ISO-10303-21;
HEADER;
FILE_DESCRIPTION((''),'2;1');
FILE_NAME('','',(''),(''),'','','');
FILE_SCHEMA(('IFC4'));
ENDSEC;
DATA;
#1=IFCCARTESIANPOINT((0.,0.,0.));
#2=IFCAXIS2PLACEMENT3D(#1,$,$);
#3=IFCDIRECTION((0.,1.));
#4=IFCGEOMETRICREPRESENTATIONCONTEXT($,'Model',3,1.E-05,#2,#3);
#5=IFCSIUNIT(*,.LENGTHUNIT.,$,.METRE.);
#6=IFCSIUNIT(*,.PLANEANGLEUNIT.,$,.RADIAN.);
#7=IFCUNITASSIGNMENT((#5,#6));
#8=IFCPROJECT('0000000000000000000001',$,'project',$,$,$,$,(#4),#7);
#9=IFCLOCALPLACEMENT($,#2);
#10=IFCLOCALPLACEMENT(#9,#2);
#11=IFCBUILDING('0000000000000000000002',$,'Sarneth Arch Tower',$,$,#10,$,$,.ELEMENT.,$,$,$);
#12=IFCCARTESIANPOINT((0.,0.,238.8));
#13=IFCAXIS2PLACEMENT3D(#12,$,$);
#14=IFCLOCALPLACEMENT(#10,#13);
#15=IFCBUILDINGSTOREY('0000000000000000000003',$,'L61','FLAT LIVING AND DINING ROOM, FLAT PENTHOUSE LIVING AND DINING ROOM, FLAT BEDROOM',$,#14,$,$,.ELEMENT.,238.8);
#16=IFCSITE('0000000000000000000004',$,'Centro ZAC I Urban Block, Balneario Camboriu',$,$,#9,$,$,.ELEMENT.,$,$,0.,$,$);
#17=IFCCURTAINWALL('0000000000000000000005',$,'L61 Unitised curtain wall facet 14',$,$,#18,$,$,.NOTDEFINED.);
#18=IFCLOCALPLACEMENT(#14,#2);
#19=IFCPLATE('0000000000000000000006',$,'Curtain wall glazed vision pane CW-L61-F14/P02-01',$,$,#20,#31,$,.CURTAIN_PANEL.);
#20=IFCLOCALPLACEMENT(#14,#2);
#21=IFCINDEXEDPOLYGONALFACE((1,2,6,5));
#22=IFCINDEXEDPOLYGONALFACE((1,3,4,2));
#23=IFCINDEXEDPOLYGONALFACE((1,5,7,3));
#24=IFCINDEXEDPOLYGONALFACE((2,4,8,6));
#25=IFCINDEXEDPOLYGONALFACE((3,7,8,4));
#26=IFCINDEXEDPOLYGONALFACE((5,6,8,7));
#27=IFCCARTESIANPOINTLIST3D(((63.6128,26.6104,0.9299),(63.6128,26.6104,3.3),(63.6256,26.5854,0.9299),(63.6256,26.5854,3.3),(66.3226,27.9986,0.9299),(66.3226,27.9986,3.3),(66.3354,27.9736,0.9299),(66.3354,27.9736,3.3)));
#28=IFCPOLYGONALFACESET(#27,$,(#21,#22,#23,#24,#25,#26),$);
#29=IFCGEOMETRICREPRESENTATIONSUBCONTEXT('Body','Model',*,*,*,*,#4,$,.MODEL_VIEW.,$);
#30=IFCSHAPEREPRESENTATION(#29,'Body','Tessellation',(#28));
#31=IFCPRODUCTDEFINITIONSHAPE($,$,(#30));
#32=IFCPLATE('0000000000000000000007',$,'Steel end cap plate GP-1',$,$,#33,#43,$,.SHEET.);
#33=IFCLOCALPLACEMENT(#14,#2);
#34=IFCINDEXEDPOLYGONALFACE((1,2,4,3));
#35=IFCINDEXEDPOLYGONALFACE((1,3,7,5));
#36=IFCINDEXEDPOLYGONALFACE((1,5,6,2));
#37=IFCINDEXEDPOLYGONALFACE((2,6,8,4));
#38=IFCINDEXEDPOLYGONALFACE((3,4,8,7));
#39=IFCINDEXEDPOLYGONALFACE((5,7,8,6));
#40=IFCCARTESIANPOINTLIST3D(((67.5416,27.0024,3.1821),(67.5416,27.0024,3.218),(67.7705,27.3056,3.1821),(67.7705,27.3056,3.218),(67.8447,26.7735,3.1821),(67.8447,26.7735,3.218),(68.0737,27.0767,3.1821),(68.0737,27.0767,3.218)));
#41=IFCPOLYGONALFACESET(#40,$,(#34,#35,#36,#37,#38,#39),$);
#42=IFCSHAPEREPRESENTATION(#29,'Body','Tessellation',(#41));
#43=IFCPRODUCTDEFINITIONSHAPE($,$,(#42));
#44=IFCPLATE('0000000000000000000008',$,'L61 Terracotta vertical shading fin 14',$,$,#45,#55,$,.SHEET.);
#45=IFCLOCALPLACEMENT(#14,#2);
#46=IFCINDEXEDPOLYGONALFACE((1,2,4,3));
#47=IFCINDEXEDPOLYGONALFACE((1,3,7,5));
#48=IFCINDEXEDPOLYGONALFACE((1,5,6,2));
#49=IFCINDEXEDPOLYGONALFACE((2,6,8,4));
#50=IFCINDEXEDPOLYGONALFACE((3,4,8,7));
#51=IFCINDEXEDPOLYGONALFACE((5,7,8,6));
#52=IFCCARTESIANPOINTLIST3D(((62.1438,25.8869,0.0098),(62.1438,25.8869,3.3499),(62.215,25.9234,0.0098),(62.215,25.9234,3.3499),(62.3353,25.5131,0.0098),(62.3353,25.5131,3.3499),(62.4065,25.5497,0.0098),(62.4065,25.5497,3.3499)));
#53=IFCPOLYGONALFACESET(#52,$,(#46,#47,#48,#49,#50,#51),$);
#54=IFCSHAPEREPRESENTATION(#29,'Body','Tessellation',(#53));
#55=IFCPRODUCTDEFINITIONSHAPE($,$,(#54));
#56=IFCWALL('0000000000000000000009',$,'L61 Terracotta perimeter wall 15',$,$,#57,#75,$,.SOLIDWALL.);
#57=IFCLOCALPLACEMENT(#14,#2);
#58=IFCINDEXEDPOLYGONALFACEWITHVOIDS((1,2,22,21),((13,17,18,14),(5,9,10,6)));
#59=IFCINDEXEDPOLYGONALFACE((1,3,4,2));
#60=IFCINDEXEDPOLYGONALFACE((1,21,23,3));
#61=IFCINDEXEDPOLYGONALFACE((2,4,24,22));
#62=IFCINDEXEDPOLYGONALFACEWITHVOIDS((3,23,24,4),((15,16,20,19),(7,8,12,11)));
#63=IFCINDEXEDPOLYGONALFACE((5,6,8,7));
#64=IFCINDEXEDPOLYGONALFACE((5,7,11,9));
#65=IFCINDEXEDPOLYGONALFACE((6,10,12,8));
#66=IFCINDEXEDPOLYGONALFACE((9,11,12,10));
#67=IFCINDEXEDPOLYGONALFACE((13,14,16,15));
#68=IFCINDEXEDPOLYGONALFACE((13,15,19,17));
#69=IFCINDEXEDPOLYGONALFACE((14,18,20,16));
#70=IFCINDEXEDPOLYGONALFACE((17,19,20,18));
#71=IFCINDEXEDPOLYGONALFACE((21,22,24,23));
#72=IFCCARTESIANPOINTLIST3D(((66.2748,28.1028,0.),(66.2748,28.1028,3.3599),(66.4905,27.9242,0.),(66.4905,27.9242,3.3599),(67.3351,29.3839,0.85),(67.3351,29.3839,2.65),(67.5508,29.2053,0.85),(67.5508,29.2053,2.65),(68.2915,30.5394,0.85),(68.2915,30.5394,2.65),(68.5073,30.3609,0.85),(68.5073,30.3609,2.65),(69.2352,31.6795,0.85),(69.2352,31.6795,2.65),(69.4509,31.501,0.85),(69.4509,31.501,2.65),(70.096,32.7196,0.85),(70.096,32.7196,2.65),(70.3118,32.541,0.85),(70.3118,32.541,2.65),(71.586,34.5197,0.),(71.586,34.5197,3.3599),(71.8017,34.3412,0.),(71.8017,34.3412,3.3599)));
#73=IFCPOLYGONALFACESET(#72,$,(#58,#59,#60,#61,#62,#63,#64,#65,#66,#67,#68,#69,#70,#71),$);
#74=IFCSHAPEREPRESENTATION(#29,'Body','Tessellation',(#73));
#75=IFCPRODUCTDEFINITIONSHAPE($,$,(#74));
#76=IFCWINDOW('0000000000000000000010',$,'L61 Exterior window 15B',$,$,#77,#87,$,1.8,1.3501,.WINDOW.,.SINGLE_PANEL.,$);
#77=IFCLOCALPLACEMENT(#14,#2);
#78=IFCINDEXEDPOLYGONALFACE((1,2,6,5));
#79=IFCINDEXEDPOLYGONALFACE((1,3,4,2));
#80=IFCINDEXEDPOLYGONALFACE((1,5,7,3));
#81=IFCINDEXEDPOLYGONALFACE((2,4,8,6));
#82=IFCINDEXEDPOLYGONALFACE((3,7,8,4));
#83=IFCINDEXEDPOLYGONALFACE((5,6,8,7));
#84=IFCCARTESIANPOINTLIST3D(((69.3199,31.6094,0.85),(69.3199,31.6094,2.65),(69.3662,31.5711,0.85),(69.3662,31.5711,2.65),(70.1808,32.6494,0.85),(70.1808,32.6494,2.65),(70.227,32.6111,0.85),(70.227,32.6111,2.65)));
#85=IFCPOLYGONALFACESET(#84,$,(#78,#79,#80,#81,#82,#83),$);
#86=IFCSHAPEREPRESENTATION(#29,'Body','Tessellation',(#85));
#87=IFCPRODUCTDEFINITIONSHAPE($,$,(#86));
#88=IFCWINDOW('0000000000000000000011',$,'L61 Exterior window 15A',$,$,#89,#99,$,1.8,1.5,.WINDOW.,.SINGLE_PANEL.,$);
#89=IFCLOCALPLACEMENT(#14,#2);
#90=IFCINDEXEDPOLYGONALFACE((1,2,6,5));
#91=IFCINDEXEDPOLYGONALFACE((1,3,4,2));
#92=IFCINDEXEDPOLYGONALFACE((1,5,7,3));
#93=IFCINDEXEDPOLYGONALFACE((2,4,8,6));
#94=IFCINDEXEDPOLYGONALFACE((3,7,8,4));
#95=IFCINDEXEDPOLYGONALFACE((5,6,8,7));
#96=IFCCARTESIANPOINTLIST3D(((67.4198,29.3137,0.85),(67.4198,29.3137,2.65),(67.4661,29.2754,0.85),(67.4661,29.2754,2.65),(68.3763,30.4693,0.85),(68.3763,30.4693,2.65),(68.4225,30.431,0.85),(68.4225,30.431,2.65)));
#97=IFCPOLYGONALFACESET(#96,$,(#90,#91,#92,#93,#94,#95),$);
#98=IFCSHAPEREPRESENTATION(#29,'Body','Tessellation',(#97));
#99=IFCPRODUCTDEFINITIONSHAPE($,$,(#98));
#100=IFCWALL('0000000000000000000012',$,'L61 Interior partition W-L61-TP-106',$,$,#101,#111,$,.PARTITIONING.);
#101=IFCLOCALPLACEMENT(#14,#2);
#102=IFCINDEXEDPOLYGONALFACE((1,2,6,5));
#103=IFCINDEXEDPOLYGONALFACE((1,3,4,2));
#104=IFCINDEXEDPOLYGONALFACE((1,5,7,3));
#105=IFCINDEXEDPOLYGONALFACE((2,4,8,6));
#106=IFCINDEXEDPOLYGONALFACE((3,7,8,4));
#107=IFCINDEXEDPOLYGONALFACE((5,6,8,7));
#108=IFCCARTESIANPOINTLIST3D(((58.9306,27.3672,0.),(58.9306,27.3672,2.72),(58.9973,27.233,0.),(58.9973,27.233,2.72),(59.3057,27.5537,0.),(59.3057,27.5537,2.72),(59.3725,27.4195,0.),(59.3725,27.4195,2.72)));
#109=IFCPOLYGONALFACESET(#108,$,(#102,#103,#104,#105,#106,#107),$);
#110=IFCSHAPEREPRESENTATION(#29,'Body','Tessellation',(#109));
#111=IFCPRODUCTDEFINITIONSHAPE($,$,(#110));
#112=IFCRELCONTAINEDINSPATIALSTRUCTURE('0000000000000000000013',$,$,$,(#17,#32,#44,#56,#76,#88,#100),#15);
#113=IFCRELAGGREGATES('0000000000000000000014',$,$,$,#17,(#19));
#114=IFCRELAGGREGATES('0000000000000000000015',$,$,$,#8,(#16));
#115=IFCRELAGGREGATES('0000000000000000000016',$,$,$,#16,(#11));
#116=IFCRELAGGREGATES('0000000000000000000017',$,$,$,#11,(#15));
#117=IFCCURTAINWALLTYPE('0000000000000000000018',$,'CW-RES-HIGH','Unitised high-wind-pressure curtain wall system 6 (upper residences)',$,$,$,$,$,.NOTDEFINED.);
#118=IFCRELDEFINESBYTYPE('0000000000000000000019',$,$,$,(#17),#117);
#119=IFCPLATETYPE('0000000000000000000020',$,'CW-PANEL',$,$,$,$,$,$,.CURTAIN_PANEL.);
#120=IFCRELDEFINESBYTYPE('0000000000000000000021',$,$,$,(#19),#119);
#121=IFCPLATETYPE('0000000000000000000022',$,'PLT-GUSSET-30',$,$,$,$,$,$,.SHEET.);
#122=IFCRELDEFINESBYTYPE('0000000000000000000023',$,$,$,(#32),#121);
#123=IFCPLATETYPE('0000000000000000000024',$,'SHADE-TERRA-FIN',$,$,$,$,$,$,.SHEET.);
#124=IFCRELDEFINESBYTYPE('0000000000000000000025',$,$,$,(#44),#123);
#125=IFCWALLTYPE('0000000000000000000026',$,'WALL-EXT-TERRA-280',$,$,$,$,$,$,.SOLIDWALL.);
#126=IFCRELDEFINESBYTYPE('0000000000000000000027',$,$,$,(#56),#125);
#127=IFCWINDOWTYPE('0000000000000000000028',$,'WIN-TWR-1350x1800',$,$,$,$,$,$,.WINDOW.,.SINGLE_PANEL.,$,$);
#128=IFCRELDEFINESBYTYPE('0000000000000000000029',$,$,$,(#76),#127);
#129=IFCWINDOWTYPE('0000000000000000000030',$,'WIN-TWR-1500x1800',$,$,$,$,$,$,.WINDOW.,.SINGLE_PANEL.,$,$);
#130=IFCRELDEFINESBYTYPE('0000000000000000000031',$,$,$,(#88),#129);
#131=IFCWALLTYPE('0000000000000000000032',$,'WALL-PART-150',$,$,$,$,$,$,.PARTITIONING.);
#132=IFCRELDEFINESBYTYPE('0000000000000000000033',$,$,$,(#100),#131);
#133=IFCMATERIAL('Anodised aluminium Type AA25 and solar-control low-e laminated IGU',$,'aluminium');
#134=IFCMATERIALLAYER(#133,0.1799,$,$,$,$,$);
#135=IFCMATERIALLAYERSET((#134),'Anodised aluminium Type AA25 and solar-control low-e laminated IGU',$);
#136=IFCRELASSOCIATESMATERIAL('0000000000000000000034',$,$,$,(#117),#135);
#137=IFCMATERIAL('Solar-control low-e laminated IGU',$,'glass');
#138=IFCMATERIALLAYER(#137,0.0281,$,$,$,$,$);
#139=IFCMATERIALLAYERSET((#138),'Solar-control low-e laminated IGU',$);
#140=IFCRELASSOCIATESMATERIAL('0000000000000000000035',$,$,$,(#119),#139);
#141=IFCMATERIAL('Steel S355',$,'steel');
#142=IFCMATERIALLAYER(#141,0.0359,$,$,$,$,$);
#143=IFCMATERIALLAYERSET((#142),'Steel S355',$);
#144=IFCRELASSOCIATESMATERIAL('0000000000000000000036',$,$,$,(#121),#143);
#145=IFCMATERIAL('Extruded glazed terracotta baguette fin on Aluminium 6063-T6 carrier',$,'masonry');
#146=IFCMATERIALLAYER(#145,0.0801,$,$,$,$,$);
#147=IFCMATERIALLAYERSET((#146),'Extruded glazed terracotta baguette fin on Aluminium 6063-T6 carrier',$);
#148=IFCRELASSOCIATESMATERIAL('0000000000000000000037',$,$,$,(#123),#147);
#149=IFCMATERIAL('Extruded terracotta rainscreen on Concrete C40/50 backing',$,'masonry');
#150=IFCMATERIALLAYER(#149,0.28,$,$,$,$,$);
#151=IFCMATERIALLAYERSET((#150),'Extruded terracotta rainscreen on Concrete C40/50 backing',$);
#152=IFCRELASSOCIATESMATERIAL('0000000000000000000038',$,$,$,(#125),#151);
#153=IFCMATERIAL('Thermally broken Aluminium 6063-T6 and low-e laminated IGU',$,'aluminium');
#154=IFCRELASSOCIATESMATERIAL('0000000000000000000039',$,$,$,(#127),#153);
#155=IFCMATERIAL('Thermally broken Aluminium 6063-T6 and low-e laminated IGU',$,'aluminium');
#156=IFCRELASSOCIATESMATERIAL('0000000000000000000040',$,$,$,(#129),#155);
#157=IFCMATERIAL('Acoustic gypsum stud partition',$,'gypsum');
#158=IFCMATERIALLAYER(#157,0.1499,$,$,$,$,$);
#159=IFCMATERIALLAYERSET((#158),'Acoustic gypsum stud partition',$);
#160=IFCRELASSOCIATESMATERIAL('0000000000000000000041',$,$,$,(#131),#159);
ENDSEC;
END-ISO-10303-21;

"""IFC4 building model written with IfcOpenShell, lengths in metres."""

from ifc_helpers import new_model, si_unit, direction, frame, frame_2d, origin, origin_2d, place, context, subcontext, project, spatial, rectangle, extrude, material, layer, layer_set, type_object, element, fill, aggregate, save


model = new_model("IFC4")

# Units and contexts
model_context = context("Model", 3, precision=1e-05, world=origin(), true_north=direction((0.0, 1.0)))
body_context = subcontext(model_context, "Body", "Model", "MODEL_VIEW")
ifc_project = project(units=[si_unit("LENGTHUNIT", "METRE"), si_unit("PLANEANGLEUNIT", "RADIAN")], contexts=[model_context])

# Site, building, storey
site_placement = place(None, origin())
site = spatial("IfcSite", under=ifc_project, at=site_placement, Name="Centro ZAC I Urban Block, Balneario Camboriu", CompositionType="ELEMENT", RefElevation=0.0)
building_placement = place(site_placement, origin())
building = spatial("IfcBuilding", under=site, at=building_placement, Name="Sarneth Arch Tower", CompositionType="ELEMENT")
storey_placement = place(building_placement, frame((0.0, 0.0, 238.8)))
storey = spatial("IfcBuildingStorey", under=building, at=storey_placement, Name="L61", Description="FLAT LIVING AND DINING ROOM, FLAT PENTHOUSE LIVING AND DINING ROOM, FLAT BEDROOM", CompositionType="ELEMENT", Elevation=238.8)

# Curtain wall
ifc_material_1 = material(Name="Anodised aluminium Type AA25 and solar-control low-e laminated IGU", Category="aluminium")
ifc_layer_1 = layer(ifc_material_1, 0.1799)
ifc_layer_set_1 = layer_set([ifc_layer_1], Name="Anodised aluminium Type AA25 and solar-control low-e laminated IGU")
curtain_wall_type = type_object("IfcCurtainWallType", Name="CW-RES-HIGH", Description="Unitised high-wind-pressure curtain wall system 6 (upper residences)", PredefinedType="NOTDEFINED", material=ifc_layer_set_1)
curtain_wall_placement = place(storey_placement, origin())
curtain_wall = element("IfcCurtainWall", 1, at=curtain_wall_placement, inside=storey, type_object=curtain_wall_type, Name="L61 Unitised curtain wall facet 14", PredefinedType="NOTDEFINED")

# Plate
ifc_material_2 = material(Name="Solar-control low-e laminated IGU", Category="glass")
ifc_layer_2 = layer(ifc_material_2, 0.0281)
ifc_layer_set_2 = layer_set([ifc_layer_2], Name="Solar-control low-e laminated IGU")
plate_type_1 = type_object("IfcPlateType", Name="CW-PANEL", PredefinedType="CURTAIN_PANEL", material=ifc_layer_set_2)
plate_1_placement = place(storey_placement, frame((64.9741, 27.292, 0.9299), z_axis=(0.0, 0.0, 1.0), x_axis=(0.89001, 0.455942, 0.0)))
plate_1 = element("IfcPlate", 2, at=plate_1_placement, type_object=plate_type_1, Name="Curtain wall glazed vision pane CW-L61-F14/P02-01", PredefinedType="CURTAIN_PANEL", context=body_context, shape_type="SweptSolid", body=[
    extrude(rectangle(XDim=3.0447, YDim=0.0281, at=origin_2d()), origin(), (0.0, 0.0, 1.0), 2.3701),
])
aggregate(curtain_wall, [plate_1])

# Plates
ifc_material_3 = material(Name="Steel S355", Category="steel")
ifc_layer_3 = layer(ifc_material_3, 0.0359)
ifc_layer_set_3 = layer_set([ifc_layer_3], Name="Steel S355")
plate_type_2 = type_object("IfcPlateType", Name="PLT-GUSSET-30", PredefinedType="SHEET", material=ifc_layer_set_3)
plate_2_placement = place(storey_placement, frame((67.8076, 27.0396, 3.1821), z_axis=(0.0, 0.0, 1.0), x_axis=(0.798005, -0.602651, 0.0)))
element("IfcPlate", 3, at=plate_2_placement, inside=storey, type_object=plate_type_2, Name="Steel end cap plate GP-1", PredefinedType="SHEET", context=body_context, shape_type="SweptSolid", body=[
    extrude(rectangle(XDim=0.3799, YDim=0.3799, at=origin_2d()), origin(), (0.0, 0.0, 1.0), 0.0359),
])
ifc_material_4 = material(Name="Extruded glazed terracotta baguette fin on Aluminium 6063-T6 carrier", Category="masonry")
ifc_layer_4 = layer(ifc_material_4, 0.0801)
ifc_layer_set_4 = layer_set([ifc_layer_4], Name="Extruded glazed terracotta baguette fin on Aluminium 6063-T6 carrier")
plate_type_3 = type_object("IfcPlateType", Name="SHADE-TERRA-FIN", PredefinedType="SHEET", material=ifc_layer_set_4)
plate_3_placement = place(storey_placement, frame((62.2751, 25.7183, 0.0098), z_axis=(0.0, 0.0, 1.0), x_axis=(0.456011, -0.889974, 0.0)))
element("IfcPlate", 4, at=plate_3_placement, inside=storey, type_object=plate_type_3, Name="L61 Terracotta vertical shading fin 14", PredefinedType="SHEET", context=body_context, shape_type="SweptSolid", body=[
    extrude(rectangle(XDim=0.4199, YDim=0.0801, at=origin_2d()), origin(), (0.0, 0.0, 1.0), 3.3401),
])

# Wall, openings, windows
ifc_material_5 = material(Name="Extruded terracotta rainscreen on Concrete C40/50 backing", Category="masonry")
ifc_layer_5 = layer(ifc_material_5, 0.28)
ifc_layer_set_5 = layer_set([ifc_layer_5], Name="Extruded terracotta rainscreen on Concrete C40/50 backing")
wall_type_1 = type_object("IfcWallType", Name="WALL-EXT-TERRA-280", PredefinedType="SOLIDWALL", material=ifc_layer_set_5)
wall_1_placement = place(storey_placement, frame((66.3826, 28.0134, 0.0), z_axis=(0.0, 0.0, 1.0), x_axis=(0.637615, 0.770355, 0.0)))
wall_1 = element("IfcWall", 5, at=wall_1_placement, inside=storey, type_object=wall_type_1, Name="L61 Terracotta perimeter wall 15", PredefinedType="SOLIDWALL", context=body_context, shape_type="SweptSolid", body=[
    extrude(rectangle(XDim=8.3298, YDim=0.28, at=frame_2d((4.165, 0.0))), origin(), (0.0, 0.0, 1.0), 3.3599),
])
opening_1_placement = place(wall_1_placement, frame((1.6631, 0.0, 0.8501)))
opening_1 = element("IfcOpeningElement", 6, at=opening_1_placement, cuts=wall_1, PredefinedType="OPENING", context=body_context, shape_type="SweptSolid", body=[
    extrude(rectangle(XDim=1.5, YDim=1.8, at=frame_2d((0.75, 0.8999))), frame((0.0, 0.1499, 0.0), z_axis=(0.0, -1.0, 0.0), x_axis=(1.0, 0.0, 0.0)), (0.0, 0.0, 1.0), 0.3),
])
opening_2_placement = place(wall_1_placement, frame((4.6431, 0.0, 0.8501)))
opening_2 = element("IfcOpeningElement", 7, at=opening_2_placement, cuts=wall_1, PredefinedType="OPENING", context=body_context, shape_type="SweptSolid", body=[
    extrude(rectangle(XDim=1.3501, YDim=1.8, at=frame_2d((0.675, 0.8999))), frame((0.0, 0.1499, 0.0), z_axis=(0.0, -1.0, 0.0), x_axis=(1.0, 0.0, 0.0)), (0.0, 0.0, 1.0), 0.3),
])
ifc_material_6 = material(Name="Thermally broken Aluminium 6063-T6 and low-e laminated IGU", Category="aluminium")
window_type_1 = type_object("IfcWindowType", Name="WIN-TWR-1350x1800", PartitioningType="SINGLE_PANEL", PredefinedType="WINDOW", material=ifc_material_6)
window_1_placement = place(opening_2_placement, origin())
window_1 = element("IfcWindow", 8, at=window_1_placement, inside=storey, type_object=window_type_1, Name="L61 Exterior window 15B", OverallHeight=1.8, OverallWidth=1.3501, PartitioningType="SINGLE_PANEL", PredefinedType="WINDOW", context=body_context, shape_type="SweptSolid", body=[
    extrude(rectangle(XDim=1.3501, YDim=1.8, at=frame_2d((0.675, 0.8999))), frame((0.0, 0.03, 0.0), z_axis=(0.0, -1.0, 0.0), x_axis=(1.0, 0.0, 0.0)), (0.0, 0.0, 1.0), 0.0601),
])
fill(opening_2, window_1)
ifc_material_7 = material(Name="Thermally broken Aluminium 6063-T6 and low-e laminated IGU", Category="aluminium")
window_type_2 = type_object("IfcWindowType", Name="WIN-TWR-1500x1800", PartitioningType="SINGLE_PANEL", PredefinedType="WINDOW", material=ifc_material_7)
window_2_placement = place(opening_1_placement, origin())
window_2 = element("IfcWindow", 9, at=window_2_placement, inside=storey, type_object=window_type_2, Name="L61 Exterior window 15A", OverallHeight=1.8, OverallWidth=1.5, PartitioningType="SINGLE_PANEL", PredefinedType="WINDOW", context=body_context, shape_type="SweptSolid", body=[
    extrude(rectangle(XDim=1.5, YDim=1.8, at=frame_2d((0.75, 0.8999))), frame((0.0, 0.03, 0.0), z_axis=(0.0, -1.0, 0.0), x_axis=(1.0, 0.0, 0.0)), (0.0, 0.0, 1.0), 0.0601),
])
fill(opening_1, window_2)

# Wall
ifc_material_8 = material(Name="Acoustic gypsum stud partition", Category="gypsum")
ifc_layer_6 = layer(ifc_material_8, 0.1499)
ifc_layer_set_6 = layer_set([ifc_layer_6], Name="Acoustic gypsum stud partition")
wall_type_2 = type_object("IfcWallType", Name="WALL-PART-150", PredefinedType="PARTITIONING", material=ifc_layer_set_6)
wall_2_placement = place(storey_placement, frame((59.3391, 27.4866, 0.0), z_axis=(0.0, 0.0, 1.0), x_axis=(-0.895473, -0.445115, 0.0)))
element("IfcWall", 10, at=wall_2_placement, inside=storey, type_object=wall_type_2, Name="L61 Interior partition W-L61-TP-106", PredefinedType="PARTITIONING", context=body_context, shape_type="SweptSolid", body=[
    extrude(rectangle(XDim=0.4189, YDim=0.1499, at=frame_2d((0.2095, 0.0))), origin(), (0.0, 0.0, 1.0), 2.72),
])

save(model, "model.ifc")
